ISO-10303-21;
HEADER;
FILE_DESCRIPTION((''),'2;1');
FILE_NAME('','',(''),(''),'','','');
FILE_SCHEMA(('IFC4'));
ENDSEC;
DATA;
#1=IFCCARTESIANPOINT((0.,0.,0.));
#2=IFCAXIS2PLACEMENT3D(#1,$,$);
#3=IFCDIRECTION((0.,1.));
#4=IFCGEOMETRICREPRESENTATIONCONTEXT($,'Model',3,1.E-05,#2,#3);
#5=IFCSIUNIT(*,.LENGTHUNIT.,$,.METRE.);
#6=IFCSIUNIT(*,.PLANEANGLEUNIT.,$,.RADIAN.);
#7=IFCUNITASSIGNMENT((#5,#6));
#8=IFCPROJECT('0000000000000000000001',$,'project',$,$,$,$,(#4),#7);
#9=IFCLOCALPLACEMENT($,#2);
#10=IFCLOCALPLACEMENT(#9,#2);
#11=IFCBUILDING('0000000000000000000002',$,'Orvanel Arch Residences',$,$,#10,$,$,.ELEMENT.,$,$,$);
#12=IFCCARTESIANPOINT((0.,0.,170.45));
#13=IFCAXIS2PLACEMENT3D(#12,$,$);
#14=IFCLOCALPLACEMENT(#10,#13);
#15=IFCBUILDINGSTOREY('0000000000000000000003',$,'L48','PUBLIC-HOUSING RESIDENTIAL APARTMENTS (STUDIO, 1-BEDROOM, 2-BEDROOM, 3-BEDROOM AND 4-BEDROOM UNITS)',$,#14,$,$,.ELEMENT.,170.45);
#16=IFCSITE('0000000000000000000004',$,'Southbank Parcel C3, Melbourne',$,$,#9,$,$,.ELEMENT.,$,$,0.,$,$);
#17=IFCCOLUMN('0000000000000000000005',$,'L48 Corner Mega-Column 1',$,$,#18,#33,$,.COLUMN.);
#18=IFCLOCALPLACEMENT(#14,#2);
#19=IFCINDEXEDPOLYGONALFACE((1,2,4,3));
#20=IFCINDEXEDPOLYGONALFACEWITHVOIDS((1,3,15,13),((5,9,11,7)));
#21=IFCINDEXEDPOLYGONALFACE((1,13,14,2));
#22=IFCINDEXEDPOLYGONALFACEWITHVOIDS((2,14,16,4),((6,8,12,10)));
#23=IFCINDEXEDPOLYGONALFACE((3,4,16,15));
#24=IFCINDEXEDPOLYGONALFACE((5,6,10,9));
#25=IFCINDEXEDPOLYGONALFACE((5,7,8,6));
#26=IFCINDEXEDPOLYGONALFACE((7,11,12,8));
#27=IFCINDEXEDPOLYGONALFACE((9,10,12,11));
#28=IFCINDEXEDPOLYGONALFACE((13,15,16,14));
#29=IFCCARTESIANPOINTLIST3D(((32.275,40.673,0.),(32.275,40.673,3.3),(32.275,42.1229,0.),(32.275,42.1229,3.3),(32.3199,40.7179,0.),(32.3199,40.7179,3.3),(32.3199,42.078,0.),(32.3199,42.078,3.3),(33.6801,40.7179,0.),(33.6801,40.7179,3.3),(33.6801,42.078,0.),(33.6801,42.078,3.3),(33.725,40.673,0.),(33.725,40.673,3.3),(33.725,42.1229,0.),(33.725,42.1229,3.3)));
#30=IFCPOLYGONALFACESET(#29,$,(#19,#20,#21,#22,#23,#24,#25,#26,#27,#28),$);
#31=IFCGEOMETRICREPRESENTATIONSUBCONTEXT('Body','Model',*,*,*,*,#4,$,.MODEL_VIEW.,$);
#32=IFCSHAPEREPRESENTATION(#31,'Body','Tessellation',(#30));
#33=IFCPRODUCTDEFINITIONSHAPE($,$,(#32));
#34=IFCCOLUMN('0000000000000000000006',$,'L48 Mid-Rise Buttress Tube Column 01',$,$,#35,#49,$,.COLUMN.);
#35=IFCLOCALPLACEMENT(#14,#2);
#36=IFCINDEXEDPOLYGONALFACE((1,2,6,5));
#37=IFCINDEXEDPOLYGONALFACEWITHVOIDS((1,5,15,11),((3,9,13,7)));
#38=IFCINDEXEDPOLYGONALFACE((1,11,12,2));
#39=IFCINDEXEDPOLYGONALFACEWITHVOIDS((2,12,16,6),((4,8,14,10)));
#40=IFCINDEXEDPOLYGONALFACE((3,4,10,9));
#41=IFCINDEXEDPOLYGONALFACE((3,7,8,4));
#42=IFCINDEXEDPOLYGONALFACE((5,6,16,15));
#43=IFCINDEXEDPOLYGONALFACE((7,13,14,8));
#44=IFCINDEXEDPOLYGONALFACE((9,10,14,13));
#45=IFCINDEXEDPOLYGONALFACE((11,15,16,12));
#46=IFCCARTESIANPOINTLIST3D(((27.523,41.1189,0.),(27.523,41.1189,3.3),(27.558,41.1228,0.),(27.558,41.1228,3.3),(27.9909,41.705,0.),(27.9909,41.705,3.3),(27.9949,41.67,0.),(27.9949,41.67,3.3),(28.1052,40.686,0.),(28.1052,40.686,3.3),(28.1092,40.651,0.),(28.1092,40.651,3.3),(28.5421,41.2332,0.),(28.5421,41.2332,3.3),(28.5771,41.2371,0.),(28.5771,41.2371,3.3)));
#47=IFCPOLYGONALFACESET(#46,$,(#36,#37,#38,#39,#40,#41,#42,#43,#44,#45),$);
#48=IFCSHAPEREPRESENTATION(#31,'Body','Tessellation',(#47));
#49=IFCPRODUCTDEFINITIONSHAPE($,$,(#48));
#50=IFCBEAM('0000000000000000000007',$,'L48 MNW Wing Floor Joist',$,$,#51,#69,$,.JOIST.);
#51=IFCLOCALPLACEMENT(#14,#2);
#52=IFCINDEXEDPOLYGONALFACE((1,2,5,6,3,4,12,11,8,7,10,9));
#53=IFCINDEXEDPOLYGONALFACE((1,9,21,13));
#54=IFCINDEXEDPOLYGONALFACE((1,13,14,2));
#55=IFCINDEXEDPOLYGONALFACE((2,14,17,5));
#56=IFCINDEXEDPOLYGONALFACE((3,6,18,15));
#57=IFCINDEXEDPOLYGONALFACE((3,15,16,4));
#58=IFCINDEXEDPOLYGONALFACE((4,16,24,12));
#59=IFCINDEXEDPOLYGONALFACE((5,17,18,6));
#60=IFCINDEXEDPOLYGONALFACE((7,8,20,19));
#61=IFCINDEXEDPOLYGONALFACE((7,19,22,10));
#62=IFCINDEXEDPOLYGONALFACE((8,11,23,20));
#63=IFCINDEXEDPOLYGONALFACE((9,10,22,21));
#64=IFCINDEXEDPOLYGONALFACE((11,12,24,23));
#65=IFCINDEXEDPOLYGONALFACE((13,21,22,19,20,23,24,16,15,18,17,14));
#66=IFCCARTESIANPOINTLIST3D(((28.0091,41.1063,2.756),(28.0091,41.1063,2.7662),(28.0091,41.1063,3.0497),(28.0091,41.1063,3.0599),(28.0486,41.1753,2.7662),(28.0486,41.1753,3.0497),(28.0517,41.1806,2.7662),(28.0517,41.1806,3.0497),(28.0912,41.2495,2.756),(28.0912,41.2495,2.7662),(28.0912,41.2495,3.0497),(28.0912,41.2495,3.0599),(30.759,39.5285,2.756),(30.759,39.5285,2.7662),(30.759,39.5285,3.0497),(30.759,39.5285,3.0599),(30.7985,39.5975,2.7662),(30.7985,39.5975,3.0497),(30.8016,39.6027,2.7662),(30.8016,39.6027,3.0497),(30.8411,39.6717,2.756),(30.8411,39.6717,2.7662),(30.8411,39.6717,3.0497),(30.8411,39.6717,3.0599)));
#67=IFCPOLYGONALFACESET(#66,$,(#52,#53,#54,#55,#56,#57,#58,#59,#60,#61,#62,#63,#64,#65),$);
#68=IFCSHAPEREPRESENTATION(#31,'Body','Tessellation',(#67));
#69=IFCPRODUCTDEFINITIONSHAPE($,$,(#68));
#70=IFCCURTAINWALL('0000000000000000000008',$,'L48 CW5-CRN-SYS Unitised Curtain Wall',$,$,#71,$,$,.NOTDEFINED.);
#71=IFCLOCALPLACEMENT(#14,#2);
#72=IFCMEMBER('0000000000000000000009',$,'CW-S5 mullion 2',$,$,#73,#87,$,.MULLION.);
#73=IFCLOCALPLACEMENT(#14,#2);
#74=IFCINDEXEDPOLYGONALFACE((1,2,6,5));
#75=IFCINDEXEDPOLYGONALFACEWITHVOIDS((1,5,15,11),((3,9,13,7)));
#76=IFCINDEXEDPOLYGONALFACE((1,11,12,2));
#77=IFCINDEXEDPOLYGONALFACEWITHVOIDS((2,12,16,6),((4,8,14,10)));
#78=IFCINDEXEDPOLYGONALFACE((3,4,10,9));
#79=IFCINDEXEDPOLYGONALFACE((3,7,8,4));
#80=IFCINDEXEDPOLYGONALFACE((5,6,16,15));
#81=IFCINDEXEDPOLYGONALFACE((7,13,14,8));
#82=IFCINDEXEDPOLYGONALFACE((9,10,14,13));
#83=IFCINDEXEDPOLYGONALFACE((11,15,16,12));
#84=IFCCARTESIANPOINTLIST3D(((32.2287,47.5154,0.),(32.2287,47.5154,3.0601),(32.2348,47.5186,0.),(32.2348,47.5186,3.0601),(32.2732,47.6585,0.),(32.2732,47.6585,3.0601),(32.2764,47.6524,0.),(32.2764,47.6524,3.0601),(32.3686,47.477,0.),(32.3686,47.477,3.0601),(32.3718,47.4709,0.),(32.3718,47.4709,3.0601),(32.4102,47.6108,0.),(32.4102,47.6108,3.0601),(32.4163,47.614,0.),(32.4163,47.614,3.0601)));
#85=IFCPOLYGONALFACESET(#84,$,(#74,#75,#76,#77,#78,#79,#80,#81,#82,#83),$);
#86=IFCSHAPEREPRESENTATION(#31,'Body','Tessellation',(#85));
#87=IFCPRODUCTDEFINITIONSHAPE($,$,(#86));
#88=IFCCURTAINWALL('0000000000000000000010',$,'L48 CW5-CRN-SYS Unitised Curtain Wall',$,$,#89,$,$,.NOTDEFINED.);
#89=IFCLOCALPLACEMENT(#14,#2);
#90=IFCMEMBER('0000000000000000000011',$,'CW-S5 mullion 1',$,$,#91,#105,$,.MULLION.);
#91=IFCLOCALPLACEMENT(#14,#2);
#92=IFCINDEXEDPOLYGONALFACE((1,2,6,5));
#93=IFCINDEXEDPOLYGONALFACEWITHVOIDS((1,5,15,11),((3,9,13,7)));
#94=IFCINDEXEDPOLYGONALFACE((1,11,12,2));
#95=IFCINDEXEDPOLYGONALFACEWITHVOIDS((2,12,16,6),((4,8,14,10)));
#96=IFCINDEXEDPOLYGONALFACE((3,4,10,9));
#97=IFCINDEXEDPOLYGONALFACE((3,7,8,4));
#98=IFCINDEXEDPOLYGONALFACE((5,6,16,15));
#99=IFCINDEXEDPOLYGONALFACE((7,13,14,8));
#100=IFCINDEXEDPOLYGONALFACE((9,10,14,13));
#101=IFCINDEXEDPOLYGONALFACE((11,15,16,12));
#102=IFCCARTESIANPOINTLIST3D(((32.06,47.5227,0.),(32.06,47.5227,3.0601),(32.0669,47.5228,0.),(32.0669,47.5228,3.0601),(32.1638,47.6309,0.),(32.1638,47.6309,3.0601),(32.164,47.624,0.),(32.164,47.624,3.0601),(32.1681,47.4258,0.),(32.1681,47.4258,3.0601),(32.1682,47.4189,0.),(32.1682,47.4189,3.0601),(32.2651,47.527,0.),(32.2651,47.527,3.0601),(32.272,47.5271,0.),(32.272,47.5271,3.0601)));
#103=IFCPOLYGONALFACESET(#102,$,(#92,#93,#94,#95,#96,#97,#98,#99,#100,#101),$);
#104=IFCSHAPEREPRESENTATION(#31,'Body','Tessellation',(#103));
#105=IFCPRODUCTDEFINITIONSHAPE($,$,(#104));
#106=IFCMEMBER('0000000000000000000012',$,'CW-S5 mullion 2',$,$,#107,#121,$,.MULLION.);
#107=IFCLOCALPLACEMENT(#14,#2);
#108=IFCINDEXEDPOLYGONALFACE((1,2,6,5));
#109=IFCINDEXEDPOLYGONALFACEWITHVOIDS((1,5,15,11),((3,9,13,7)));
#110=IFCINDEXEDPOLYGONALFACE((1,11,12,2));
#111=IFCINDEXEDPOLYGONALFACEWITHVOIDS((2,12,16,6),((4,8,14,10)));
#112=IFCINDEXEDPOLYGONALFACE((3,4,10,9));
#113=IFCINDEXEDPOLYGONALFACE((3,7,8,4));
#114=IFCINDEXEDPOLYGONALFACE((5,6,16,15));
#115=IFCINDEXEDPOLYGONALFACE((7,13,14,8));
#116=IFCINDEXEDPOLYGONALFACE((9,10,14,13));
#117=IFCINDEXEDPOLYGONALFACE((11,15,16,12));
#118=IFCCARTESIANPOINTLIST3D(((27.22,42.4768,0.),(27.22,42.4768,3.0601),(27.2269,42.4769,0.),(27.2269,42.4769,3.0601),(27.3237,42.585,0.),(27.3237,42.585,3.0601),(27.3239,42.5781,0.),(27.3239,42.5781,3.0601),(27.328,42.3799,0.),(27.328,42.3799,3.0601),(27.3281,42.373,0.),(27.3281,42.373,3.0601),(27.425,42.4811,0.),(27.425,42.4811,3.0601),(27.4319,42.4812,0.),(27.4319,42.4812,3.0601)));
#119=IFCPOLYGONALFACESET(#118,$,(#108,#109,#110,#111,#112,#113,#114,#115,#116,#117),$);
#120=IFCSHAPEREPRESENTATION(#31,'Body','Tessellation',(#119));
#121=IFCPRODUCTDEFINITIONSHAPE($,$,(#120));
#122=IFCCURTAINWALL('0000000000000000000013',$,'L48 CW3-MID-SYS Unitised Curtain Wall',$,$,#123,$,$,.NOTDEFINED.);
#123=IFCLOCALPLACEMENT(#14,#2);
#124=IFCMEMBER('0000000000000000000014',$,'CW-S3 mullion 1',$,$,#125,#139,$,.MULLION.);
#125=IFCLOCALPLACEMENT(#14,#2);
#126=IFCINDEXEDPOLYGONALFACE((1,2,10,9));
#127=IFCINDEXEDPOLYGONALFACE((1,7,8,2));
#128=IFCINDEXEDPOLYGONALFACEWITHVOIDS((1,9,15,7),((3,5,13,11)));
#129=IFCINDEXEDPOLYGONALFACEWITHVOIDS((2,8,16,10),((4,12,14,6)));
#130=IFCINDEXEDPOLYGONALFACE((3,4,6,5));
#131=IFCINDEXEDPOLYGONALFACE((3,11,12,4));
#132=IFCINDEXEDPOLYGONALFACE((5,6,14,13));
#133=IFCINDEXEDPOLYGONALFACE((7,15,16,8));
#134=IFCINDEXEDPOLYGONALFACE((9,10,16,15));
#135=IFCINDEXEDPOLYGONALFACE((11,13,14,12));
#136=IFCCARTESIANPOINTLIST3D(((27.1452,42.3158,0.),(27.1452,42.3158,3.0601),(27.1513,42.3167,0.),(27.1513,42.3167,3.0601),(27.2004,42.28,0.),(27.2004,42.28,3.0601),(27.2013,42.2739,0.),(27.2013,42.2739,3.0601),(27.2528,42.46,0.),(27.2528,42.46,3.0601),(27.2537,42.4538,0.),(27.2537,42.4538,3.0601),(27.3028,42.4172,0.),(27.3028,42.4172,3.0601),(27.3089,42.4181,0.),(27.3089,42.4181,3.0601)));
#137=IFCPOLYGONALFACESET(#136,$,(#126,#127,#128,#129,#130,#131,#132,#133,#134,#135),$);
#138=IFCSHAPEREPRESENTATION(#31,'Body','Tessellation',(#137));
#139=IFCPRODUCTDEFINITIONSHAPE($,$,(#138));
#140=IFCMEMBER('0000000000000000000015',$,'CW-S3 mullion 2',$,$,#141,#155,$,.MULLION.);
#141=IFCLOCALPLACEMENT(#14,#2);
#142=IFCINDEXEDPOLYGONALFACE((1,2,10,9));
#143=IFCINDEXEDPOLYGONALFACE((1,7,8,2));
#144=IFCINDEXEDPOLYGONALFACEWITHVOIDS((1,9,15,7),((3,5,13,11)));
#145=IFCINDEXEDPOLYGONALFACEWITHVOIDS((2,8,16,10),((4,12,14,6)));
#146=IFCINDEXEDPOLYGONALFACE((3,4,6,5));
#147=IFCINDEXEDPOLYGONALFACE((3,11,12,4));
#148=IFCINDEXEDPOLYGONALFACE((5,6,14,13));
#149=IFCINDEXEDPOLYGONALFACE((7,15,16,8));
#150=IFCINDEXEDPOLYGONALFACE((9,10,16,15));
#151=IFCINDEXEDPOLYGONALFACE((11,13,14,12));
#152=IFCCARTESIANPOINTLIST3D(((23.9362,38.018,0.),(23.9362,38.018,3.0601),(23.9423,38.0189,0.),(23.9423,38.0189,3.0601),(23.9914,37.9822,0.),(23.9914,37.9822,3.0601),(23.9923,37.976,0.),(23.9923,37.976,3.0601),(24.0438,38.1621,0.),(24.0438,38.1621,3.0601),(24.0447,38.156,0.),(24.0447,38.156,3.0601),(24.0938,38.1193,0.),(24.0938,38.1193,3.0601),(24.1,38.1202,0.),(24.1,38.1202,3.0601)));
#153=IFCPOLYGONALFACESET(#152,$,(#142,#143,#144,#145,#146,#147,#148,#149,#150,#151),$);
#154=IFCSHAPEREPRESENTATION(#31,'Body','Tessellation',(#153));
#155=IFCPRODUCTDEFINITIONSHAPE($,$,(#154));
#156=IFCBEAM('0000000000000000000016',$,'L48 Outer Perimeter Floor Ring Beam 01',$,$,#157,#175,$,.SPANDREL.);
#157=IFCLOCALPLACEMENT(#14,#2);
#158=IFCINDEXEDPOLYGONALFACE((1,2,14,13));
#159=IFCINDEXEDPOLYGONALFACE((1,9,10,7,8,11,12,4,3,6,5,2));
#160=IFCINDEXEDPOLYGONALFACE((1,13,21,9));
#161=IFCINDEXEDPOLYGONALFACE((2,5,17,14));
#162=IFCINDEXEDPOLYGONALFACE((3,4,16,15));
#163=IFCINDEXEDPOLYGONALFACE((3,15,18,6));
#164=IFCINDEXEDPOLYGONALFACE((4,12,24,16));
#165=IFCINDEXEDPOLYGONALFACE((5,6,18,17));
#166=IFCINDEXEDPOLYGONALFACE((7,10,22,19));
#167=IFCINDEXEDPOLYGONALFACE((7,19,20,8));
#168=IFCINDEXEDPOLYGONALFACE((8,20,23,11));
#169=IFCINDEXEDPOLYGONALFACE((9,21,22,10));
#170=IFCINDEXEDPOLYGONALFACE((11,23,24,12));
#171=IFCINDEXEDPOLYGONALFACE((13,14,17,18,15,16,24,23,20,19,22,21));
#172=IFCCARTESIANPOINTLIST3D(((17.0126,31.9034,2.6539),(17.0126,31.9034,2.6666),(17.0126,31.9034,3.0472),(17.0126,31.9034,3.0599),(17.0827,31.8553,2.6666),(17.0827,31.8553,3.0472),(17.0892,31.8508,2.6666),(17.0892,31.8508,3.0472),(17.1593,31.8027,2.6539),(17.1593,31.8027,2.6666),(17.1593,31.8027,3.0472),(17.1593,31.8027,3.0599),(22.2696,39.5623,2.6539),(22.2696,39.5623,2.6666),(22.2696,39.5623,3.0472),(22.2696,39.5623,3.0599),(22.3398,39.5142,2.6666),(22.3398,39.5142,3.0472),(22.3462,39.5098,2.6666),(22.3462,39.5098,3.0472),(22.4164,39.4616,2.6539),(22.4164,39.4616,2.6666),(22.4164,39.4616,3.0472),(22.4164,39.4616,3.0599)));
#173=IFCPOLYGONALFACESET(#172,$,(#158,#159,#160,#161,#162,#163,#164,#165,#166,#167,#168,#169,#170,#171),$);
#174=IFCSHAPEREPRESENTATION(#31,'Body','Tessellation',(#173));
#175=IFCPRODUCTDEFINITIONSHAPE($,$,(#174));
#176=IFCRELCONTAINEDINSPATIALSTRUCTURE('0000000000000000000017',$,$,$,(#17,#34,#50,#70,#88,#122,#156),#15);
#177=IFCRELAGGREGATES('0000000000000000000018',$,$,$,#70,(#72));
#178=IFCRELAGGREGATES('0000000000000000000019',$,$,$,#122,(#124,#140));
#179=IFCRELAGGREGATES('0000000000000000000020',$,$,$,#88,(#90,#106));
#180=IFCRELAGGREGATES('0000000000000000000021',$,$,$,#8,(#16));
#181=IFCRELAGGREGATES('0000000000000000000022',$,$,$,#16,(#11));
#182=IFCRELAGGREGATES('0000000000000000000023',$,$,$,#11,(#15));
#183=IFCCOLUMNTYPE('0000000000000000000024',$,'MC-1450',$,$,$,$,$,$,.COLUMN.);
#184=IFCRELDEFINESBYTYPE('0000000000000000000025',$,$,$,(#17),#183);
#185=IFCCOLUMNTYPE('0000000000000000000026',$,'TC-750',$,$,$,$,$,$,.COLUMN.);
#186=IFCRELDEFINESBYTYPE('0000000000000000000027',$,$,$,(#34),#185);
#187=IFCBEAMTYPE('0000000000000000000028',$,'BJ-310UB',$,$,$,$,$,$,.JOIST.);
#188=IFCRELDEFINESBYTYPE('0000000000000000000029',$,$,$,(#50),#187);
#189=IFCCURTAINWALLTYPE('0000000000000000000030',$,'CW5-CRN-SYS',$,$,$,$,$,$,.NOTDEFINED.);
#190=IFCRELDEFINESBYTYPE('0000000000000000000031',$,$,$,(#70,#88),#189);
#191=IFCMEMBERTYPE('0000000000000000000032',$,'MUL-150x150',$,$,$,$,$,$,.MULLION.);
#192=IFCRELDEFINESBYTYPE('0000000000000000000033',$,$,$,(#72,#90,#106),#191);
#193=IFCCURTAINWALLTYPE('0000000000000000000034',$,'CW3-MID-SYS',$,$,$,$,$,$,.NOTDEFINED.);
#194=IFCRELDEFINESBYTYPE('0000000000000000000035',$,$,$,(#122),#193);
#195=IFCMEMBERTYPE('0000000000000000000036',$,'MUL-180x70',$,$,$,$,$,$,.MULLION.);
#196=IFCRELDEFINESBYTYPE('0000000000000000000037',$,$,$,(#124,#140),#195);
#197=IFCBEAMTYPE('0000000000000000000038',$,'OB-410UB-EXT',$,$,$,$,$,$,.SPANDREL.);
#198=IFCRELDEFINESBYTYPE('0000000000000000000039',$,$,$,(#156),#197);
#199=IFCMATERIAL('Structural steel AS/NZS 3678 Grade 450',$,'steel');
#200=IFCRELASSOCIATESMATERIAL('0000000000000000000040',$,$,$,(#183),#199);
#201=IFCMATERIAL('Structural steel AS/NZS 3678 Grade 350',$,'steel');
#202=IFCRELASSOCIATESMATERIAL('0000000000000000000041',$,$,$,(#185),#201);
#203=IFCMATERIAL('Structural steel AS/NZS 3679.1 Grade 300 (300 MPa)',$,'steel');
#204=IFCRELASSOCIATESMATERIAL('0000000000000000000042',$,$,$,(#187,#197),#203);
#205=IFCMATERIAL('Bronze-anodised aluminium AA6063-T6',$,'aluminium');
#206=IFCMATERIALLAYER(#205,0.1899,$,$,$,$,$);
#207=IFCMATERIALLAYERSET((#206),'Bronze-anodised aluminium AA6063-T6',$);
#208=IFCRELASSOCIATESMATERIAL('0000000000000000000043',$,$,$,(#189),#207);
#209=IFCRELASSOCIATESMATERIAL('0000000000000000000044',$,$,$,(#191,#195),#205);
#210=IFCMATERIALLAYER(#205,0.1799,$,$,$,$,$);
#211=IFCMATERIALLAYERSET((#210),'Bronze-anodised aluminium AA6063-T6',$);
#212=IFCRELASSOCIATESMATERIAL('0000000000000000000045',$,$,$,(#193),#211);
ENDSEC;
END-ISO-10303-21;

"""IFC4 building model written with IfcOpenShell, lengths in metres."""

from ifc_helpers import new_model, si_unit, direction, frame, origin, origin_2d, place, context, subcontext, project, spatial, hollow_rectangle, i_section, extrude, material, layer, layer_set, material_profile, profile_set, type_object, element, aggregate, save


model = new_model("IFC4")

# Units and contexts
model_context = context("Model", 3, precision=1e-05, world=origin(), true_north=direction((0.0, 1.0)))
body_context = subcontext(model_context, "Body", "Model", "MODEL_VIEW")
ifc_project = project(units=[si_unit("LENGTHUNIT", "METRE"), si_unit("PLANEANGLEUNIT", "RADIAN")], contexts=[model_context])

# Site, building, storey
site_placement = place(None, origin())
site = spatial("IfcSite", under=ifc_project, at=site_placement, Name="Southbank Parcel C3, Melbourne", CompositionType="ELEMENT", RefElevation=0.0)
building_placement = place(site_placement, origin())
building = spatial("IfcBuilding", under=site, at=building_placement, Name="Orvanel Arch Residences", CompositionType="ELEMENT")
storey_placement = place(building_placement, frame((0.0, 0.0, 170.45)))
storey = spatial("IfcBuildingStorey", under=building, at=storey_placement, Name="L48", Description="PUBLIC-HOUSING RESIDENTIAL APARTMENTS (STUDIO, 1-BEDROOM, 2-BEDROOM, 3-BEDROOM AND 4-BEDROOM UNITS)", CompositionType="ELEMENT", Elevation=170.45)

# Columns
ifc_material_1 = material(Name="Structural steel AS/NZS 3678 Grade 450", Category="steel")
ifc_material_profile_1 = material_profile(ifc_material_1, hollow_rectangle(XDim=1.45, YDim=1.45, WallThickness=0.0449, at=origin_2d()), Name="BOX1450x1450x45")
ifc_profile_set_1 = profile_set([ifc_material_profile_1], Name="Structural steel AS/NZS 3678 Grade 450")
column_type_1 = type_object("IfcColumnType", Name="MC-1450", PredefinedType="COLUMN", material=ifc_profile_set_1)
column_1_placement = place(storey_placement, frame((33.0, 41.3979, 0.0), z_axis=(0.0, 0.0, 1.0), x_axis=(1.0, 0.0, 0.0)))
element("IfcColumn", 1, at=column_1_placement, inside=storey, type_object=column_type_1, Name="L48 Corner Mega-Column 1", PredefinedType="COLUMN", context=body_context, shape_type="SweptSolid", body=[
    extrude(hollow_rectangle(XDim=1.45, YDim=1.45, WallThickness=0.0449, at=origin_2d()), origin(), (0.0, 0.0, 1.0), 3.3),
])
ifc_material_2 = material(Name="Structural steel AS/NZS 3678 Grade 350", Category="steel")
ifc_material_profile_2 = material_profile(ifc_material_2, hollow_rectangle(XDim=0.75, YDim=0.75, WallThickness=0.0249, at=origin_2d()), Name="BOX750x750x25")
ifc_profile_set_2 = profile_set([ifc_material_profile_2], Name="Structural steel AS/NZS 3678 Grade 350")
column_type_2 = type_object("IfcColumnType", Name="TC-750", PredefinedType="COLUMN", material=ifc_profile_set_2)
column_2_placement = place(storey_placement, frame((28.05, 41.178, 0.0), z_axis=(0.0, 0.0, 1.0), x_axis=(0.62388, 0.78152, 0.0)))
element("IfcColumn", 2, at=column_2_placement, inside=storey, type_object=column_type_2, Name="L48 Mid-Rise Buttress Tube Column 01", PredefinedType="COLUMN", context=body_context, shape_type="SweptSolid", body=[
    extrude(hollow_rectangle(XDim=0.75, YDim=0.75, WallThickness=0.0249, at=origin_2d()), origin(), (0.0, 0.0, 1.0), 3.3),
])

# Beam
ifc_material_3 = material(Name="Structural steel AS/NZS 3679.1 Grade 300 (300 MPa)", Category="steel")
ifc_material_profile_3 = material_profile(ifc_material_3, i_section(OverallWidth=0.165, OverallDepth=0.304, WebThickness=0.0061, FlangeThickness=0.0103, at=origin_2d()), Name="310UB40.4")
ifc_profile_set_3 = profile_set([ifc_material_profile_3], Name="Structural steel AS/NZS 3679.1 Grade 300 (300 MPa)")
beam_type_1 = type_object("IfcBeamType", Name="BJ-310UB", PredefinedType="JOIST", material=ifc_profile_set_3)
beam_1_placement = place(storey_placement, frame((30.8, 39.6001, 2.908), z_axis=(-0.867365, 0.497672, 0.0), x_axis=(-0.497672, -0.867365, 0.0)))
element("IfcBeam", 3, at=beam_1_placement, inside=storey, type_object=beam_type_1, Name="L48 MNW Wing Floor Joist", PredefinedType="JOIST", context=body_context, shape_type="SweptSolid", body=[
    extrude(i_section(OverallWidth=0.165, OverallDepth=0.304, WebThickness=0.0061, FlangeThickness=0.0103, at=origin_2d()), origin(), (0.0, 0.0, 1.0), 3.1704),
])

# Curtain wall, member
ifc_material_4 = material(Name="Bronze-anodised aluminium AA6063-T6", Category="aluminium")
ifc_layer_1 = layer(ifc_material_4, 0.1899)
ifc_layer_set_1 = layer_set([ifc_layer_1], Name="Bronze-anodised aluminium AA6063-T6")
curtain_wall_type_1 = type_object("IfcCurtainWallType", Name="CW5-CRN-SYS", PredefinedType="NOTDEFINED", material=ifc_layer_set_1)
curtain_wall_1_placement = place(storey_placement, origin())
curtain_wall_1 = element("IfcCurtainWall", 4, at=curtain_wall_1_placement, inside=storey, type_object=curtain_wall_type_1, Name="L48 CW5-CRN-SYS Unitised Curtain Wall", PredefinedType="NOTDEFINED")
ifc_material_profile_4 = material_profile(ifc_material_4, hollow_rectangle(XDim=0.1499, YDim=0.1499, WallThickness=0.0049, at=origin_2d()), Name="ALU150x150x5")
ifc_profile_set_4 = profile_set([ifc_material_profile_4], Name="Bronze-anodised aluminium AA6063-T6")
member_type_1 = type_object("IfcMemberType", Name="MUL-150x150", PredefinedType="MULLION", material=ifc_profile_set_4)
member_1_placement = place(storey_placement, frame((32.3225, 47.5647, 0.0), z_axis=(0.0, 0.0, 1.0), x_axis=(-0.297092, -0.954849, 0.0)))
member_1 = element("IfcMember", 5, at=member_1_placement, type_object=member_type_1, Name="CW-S5 mullion 2", PredefinedType="MULLION", context=body_context, shape_type="SweptSolid", body=[
    extrude(hollow_rectangle(XDim=0.1499, YDim=0.1499, WallThickness=0.0049, at=origin_2d()), origin(), (0.0, 0.0, 1.0), 3.0601),
])
aggregate(curtain_wall_1, [member_1])

# Curtain walls, members
curtain_wall_2_placement = place(storey_placement, origin())
curtain_wall_2 = element("IfcCurtainWall", 6, at=curtain_wall_2_placement, inside=storey, type_object=curtain_wall_type_1, Name="L48 CW5-CRN-SYS Unitised Curtain Wall", PredefinedType="NOTDEFINED")
member_2_placement = place(storey_placement, frame((32.166, 47.5249, 0.0), z_axis=(0.0, 0.0, 1.0), x_axis=(0.721656, -0.692252, 0.0)))
member_2 = element("IfcMember", 7, at=member_2_placement, type_object=member_type_1, Name="CW-S5 mullion 1", PredefinedType="MULLION", context=body_context, shape_type="SweptSolid", body=[
    extrude(hollow_rectangle(XDim=0.1499, YDim=0.1499, WallThickness=0.0049, at=origin_2d()), origin(), (0.0, 0.0, 1.0), 3.0601),
])
member_3_placement = place(storey_placement, frame((27.3259, 42.479, 0.0), z_axis=(0.0, 0.0, 1.0), x_axis=(0.721656, -0.692252, 0.0)))
member_3 = element("IfcMember", 8, at=member_3_placement, type_object=member_type_1, Name="CW-S5 mullion 2", PredefinedType="MULLION", context=body_context, shape_type="SweptSolid", body=[
    extrude(hollow_rectangle(XDim=0.1499, YDim=0.1499, WallThickness=0.0049, at=origin_2d()), origin(), (0.0, 0.0, 1.0), 3.0601),
])
ifc_layer_2 = layer(ifc_material_4, 0.1799)
ifc_layer_set_2 = layer_set([ifc_layer_2], Name="Bronze-anodised aluminium AA6063-T6")
curtain_wall_type_2 = type_object("IfcCurtainWallType", Name="CW3-MID-SYS", PredefinedType="NOTDEFINED", material=ifc_layer_set_2)
curtain_wall_3_placement = place(storey_placement, origin())
curtain_wall_3 = element("IfcCurtainWall", 9, at=curtain_wall_3_placement, inside=storey, type_object=curtain_wall_type_2, Name="L48 CW3-MID-SYS Unitised Curtain Wall", PredefinedType="NOTDEFINED")
ifc_material_profile_5 = material_profile(ifc_material_4, hollow_rectangle(XDim=0.0701, YDim=0.1799, WallThickness=0.0044, at=origin_2d()), Name="ALU180x70x4.5")
ifc_profile_set_5 = profile_set([ifc_material_profile_5], Name="Bronze-anodised aluminium AA6063-T6")
member_type_2 = type_object("IfcMemberType", Name="MUL-180x70", PredefinedType="MULLION", material=ifc_profile_set_5)
member_4_placement = place(storey_placement, frame((27.2271, 42.3669, 0.0), z_axis=(0.0, 0.0, 1.0), x_axis=(0.801287, -0.59828, 0.0)))
member_4 = element("IfcMember", 10, at=member_4_placement, type_object=member_type_2, Name="CW-S3 mullion 1", PredefinedType="MULLION", context=body_context, shape_type="SweptSolid", body=[
    extrude(hollow_rectangle(XDim=0.0701, YDim=0.1799, WallThickness=0.0044, at=origin_2d()), origin(), (0.0, 0.0, 1.0), 3.0601),
])
member_5_placement = place(storey_placement, frame((24.0181, 38.0691, 0.0), z_axis=(0.0, 0.0, 1.0), x_axis=(0.801287, -0.59828, 0.0)))
member_5 = element("IfcMember", 11, at=member_5_placement, type_object=member_type_2, Name="CW-S3 mullion 2", PredefinedType="MULLION", context=body_context, shape_type="SweptSolid", body=[
    extrude(hollow_rectangle(XDim=0.0701, YDim=0.1799, WallThickness=0.0044, at=origin_2d()), origin(), (0.0, 0.0, 1.0), 3.0601),
])

# Beam
ifc_material_profile_6 = material_profile(ifc_material_3, i_section(OverallWidth=0.178, OverallDepth=0.406, WebThickness=0.0078, FlangeThickness=0.0127, at=origin_2d()), Name="410UB59.7")
ifc_profile_set_6 = profile_set([ifc_material_profile_6], Name="Structural steel AS/NZS 3679.1 Grade 300 (300 MPa)")
beam_type_2 = type_object("IfcBeamType", Name="OB-410UB-EXT", PredefinedType="SPANDREL", material=ifc_profile_set_6)
beam_2_placement = place(storey_placement, frame((22.343, 39.512, 2.8569), z_axis=(-0.565912, -0.824466, 0.0), x_axis=(0.824466, -0.565912, 0.0)))
element("IfcBeam", 12, at=beam_2_placement, inside=storey, type_object=beam_type_2, Name="L48 Outer Perimeter Floor Ring Beam 01", PredefinedType="SPANDREL", context=body_context, shape_type="SweptSolid", body=[
    extrude(i_section(OverallWidth=0.178, OverallDepth=0.406, WebThickness=0.0078, FlangeThickness=0.0127, at=origin_2d()), origin(), (0.0, 0.0, 1.0), 9.2896),
])

aggregate(curtain_wall_3, [member_4, member_5])
aggregate(curtain_wall_2, [member_2, member_3])

save(model, "model.ifc")
